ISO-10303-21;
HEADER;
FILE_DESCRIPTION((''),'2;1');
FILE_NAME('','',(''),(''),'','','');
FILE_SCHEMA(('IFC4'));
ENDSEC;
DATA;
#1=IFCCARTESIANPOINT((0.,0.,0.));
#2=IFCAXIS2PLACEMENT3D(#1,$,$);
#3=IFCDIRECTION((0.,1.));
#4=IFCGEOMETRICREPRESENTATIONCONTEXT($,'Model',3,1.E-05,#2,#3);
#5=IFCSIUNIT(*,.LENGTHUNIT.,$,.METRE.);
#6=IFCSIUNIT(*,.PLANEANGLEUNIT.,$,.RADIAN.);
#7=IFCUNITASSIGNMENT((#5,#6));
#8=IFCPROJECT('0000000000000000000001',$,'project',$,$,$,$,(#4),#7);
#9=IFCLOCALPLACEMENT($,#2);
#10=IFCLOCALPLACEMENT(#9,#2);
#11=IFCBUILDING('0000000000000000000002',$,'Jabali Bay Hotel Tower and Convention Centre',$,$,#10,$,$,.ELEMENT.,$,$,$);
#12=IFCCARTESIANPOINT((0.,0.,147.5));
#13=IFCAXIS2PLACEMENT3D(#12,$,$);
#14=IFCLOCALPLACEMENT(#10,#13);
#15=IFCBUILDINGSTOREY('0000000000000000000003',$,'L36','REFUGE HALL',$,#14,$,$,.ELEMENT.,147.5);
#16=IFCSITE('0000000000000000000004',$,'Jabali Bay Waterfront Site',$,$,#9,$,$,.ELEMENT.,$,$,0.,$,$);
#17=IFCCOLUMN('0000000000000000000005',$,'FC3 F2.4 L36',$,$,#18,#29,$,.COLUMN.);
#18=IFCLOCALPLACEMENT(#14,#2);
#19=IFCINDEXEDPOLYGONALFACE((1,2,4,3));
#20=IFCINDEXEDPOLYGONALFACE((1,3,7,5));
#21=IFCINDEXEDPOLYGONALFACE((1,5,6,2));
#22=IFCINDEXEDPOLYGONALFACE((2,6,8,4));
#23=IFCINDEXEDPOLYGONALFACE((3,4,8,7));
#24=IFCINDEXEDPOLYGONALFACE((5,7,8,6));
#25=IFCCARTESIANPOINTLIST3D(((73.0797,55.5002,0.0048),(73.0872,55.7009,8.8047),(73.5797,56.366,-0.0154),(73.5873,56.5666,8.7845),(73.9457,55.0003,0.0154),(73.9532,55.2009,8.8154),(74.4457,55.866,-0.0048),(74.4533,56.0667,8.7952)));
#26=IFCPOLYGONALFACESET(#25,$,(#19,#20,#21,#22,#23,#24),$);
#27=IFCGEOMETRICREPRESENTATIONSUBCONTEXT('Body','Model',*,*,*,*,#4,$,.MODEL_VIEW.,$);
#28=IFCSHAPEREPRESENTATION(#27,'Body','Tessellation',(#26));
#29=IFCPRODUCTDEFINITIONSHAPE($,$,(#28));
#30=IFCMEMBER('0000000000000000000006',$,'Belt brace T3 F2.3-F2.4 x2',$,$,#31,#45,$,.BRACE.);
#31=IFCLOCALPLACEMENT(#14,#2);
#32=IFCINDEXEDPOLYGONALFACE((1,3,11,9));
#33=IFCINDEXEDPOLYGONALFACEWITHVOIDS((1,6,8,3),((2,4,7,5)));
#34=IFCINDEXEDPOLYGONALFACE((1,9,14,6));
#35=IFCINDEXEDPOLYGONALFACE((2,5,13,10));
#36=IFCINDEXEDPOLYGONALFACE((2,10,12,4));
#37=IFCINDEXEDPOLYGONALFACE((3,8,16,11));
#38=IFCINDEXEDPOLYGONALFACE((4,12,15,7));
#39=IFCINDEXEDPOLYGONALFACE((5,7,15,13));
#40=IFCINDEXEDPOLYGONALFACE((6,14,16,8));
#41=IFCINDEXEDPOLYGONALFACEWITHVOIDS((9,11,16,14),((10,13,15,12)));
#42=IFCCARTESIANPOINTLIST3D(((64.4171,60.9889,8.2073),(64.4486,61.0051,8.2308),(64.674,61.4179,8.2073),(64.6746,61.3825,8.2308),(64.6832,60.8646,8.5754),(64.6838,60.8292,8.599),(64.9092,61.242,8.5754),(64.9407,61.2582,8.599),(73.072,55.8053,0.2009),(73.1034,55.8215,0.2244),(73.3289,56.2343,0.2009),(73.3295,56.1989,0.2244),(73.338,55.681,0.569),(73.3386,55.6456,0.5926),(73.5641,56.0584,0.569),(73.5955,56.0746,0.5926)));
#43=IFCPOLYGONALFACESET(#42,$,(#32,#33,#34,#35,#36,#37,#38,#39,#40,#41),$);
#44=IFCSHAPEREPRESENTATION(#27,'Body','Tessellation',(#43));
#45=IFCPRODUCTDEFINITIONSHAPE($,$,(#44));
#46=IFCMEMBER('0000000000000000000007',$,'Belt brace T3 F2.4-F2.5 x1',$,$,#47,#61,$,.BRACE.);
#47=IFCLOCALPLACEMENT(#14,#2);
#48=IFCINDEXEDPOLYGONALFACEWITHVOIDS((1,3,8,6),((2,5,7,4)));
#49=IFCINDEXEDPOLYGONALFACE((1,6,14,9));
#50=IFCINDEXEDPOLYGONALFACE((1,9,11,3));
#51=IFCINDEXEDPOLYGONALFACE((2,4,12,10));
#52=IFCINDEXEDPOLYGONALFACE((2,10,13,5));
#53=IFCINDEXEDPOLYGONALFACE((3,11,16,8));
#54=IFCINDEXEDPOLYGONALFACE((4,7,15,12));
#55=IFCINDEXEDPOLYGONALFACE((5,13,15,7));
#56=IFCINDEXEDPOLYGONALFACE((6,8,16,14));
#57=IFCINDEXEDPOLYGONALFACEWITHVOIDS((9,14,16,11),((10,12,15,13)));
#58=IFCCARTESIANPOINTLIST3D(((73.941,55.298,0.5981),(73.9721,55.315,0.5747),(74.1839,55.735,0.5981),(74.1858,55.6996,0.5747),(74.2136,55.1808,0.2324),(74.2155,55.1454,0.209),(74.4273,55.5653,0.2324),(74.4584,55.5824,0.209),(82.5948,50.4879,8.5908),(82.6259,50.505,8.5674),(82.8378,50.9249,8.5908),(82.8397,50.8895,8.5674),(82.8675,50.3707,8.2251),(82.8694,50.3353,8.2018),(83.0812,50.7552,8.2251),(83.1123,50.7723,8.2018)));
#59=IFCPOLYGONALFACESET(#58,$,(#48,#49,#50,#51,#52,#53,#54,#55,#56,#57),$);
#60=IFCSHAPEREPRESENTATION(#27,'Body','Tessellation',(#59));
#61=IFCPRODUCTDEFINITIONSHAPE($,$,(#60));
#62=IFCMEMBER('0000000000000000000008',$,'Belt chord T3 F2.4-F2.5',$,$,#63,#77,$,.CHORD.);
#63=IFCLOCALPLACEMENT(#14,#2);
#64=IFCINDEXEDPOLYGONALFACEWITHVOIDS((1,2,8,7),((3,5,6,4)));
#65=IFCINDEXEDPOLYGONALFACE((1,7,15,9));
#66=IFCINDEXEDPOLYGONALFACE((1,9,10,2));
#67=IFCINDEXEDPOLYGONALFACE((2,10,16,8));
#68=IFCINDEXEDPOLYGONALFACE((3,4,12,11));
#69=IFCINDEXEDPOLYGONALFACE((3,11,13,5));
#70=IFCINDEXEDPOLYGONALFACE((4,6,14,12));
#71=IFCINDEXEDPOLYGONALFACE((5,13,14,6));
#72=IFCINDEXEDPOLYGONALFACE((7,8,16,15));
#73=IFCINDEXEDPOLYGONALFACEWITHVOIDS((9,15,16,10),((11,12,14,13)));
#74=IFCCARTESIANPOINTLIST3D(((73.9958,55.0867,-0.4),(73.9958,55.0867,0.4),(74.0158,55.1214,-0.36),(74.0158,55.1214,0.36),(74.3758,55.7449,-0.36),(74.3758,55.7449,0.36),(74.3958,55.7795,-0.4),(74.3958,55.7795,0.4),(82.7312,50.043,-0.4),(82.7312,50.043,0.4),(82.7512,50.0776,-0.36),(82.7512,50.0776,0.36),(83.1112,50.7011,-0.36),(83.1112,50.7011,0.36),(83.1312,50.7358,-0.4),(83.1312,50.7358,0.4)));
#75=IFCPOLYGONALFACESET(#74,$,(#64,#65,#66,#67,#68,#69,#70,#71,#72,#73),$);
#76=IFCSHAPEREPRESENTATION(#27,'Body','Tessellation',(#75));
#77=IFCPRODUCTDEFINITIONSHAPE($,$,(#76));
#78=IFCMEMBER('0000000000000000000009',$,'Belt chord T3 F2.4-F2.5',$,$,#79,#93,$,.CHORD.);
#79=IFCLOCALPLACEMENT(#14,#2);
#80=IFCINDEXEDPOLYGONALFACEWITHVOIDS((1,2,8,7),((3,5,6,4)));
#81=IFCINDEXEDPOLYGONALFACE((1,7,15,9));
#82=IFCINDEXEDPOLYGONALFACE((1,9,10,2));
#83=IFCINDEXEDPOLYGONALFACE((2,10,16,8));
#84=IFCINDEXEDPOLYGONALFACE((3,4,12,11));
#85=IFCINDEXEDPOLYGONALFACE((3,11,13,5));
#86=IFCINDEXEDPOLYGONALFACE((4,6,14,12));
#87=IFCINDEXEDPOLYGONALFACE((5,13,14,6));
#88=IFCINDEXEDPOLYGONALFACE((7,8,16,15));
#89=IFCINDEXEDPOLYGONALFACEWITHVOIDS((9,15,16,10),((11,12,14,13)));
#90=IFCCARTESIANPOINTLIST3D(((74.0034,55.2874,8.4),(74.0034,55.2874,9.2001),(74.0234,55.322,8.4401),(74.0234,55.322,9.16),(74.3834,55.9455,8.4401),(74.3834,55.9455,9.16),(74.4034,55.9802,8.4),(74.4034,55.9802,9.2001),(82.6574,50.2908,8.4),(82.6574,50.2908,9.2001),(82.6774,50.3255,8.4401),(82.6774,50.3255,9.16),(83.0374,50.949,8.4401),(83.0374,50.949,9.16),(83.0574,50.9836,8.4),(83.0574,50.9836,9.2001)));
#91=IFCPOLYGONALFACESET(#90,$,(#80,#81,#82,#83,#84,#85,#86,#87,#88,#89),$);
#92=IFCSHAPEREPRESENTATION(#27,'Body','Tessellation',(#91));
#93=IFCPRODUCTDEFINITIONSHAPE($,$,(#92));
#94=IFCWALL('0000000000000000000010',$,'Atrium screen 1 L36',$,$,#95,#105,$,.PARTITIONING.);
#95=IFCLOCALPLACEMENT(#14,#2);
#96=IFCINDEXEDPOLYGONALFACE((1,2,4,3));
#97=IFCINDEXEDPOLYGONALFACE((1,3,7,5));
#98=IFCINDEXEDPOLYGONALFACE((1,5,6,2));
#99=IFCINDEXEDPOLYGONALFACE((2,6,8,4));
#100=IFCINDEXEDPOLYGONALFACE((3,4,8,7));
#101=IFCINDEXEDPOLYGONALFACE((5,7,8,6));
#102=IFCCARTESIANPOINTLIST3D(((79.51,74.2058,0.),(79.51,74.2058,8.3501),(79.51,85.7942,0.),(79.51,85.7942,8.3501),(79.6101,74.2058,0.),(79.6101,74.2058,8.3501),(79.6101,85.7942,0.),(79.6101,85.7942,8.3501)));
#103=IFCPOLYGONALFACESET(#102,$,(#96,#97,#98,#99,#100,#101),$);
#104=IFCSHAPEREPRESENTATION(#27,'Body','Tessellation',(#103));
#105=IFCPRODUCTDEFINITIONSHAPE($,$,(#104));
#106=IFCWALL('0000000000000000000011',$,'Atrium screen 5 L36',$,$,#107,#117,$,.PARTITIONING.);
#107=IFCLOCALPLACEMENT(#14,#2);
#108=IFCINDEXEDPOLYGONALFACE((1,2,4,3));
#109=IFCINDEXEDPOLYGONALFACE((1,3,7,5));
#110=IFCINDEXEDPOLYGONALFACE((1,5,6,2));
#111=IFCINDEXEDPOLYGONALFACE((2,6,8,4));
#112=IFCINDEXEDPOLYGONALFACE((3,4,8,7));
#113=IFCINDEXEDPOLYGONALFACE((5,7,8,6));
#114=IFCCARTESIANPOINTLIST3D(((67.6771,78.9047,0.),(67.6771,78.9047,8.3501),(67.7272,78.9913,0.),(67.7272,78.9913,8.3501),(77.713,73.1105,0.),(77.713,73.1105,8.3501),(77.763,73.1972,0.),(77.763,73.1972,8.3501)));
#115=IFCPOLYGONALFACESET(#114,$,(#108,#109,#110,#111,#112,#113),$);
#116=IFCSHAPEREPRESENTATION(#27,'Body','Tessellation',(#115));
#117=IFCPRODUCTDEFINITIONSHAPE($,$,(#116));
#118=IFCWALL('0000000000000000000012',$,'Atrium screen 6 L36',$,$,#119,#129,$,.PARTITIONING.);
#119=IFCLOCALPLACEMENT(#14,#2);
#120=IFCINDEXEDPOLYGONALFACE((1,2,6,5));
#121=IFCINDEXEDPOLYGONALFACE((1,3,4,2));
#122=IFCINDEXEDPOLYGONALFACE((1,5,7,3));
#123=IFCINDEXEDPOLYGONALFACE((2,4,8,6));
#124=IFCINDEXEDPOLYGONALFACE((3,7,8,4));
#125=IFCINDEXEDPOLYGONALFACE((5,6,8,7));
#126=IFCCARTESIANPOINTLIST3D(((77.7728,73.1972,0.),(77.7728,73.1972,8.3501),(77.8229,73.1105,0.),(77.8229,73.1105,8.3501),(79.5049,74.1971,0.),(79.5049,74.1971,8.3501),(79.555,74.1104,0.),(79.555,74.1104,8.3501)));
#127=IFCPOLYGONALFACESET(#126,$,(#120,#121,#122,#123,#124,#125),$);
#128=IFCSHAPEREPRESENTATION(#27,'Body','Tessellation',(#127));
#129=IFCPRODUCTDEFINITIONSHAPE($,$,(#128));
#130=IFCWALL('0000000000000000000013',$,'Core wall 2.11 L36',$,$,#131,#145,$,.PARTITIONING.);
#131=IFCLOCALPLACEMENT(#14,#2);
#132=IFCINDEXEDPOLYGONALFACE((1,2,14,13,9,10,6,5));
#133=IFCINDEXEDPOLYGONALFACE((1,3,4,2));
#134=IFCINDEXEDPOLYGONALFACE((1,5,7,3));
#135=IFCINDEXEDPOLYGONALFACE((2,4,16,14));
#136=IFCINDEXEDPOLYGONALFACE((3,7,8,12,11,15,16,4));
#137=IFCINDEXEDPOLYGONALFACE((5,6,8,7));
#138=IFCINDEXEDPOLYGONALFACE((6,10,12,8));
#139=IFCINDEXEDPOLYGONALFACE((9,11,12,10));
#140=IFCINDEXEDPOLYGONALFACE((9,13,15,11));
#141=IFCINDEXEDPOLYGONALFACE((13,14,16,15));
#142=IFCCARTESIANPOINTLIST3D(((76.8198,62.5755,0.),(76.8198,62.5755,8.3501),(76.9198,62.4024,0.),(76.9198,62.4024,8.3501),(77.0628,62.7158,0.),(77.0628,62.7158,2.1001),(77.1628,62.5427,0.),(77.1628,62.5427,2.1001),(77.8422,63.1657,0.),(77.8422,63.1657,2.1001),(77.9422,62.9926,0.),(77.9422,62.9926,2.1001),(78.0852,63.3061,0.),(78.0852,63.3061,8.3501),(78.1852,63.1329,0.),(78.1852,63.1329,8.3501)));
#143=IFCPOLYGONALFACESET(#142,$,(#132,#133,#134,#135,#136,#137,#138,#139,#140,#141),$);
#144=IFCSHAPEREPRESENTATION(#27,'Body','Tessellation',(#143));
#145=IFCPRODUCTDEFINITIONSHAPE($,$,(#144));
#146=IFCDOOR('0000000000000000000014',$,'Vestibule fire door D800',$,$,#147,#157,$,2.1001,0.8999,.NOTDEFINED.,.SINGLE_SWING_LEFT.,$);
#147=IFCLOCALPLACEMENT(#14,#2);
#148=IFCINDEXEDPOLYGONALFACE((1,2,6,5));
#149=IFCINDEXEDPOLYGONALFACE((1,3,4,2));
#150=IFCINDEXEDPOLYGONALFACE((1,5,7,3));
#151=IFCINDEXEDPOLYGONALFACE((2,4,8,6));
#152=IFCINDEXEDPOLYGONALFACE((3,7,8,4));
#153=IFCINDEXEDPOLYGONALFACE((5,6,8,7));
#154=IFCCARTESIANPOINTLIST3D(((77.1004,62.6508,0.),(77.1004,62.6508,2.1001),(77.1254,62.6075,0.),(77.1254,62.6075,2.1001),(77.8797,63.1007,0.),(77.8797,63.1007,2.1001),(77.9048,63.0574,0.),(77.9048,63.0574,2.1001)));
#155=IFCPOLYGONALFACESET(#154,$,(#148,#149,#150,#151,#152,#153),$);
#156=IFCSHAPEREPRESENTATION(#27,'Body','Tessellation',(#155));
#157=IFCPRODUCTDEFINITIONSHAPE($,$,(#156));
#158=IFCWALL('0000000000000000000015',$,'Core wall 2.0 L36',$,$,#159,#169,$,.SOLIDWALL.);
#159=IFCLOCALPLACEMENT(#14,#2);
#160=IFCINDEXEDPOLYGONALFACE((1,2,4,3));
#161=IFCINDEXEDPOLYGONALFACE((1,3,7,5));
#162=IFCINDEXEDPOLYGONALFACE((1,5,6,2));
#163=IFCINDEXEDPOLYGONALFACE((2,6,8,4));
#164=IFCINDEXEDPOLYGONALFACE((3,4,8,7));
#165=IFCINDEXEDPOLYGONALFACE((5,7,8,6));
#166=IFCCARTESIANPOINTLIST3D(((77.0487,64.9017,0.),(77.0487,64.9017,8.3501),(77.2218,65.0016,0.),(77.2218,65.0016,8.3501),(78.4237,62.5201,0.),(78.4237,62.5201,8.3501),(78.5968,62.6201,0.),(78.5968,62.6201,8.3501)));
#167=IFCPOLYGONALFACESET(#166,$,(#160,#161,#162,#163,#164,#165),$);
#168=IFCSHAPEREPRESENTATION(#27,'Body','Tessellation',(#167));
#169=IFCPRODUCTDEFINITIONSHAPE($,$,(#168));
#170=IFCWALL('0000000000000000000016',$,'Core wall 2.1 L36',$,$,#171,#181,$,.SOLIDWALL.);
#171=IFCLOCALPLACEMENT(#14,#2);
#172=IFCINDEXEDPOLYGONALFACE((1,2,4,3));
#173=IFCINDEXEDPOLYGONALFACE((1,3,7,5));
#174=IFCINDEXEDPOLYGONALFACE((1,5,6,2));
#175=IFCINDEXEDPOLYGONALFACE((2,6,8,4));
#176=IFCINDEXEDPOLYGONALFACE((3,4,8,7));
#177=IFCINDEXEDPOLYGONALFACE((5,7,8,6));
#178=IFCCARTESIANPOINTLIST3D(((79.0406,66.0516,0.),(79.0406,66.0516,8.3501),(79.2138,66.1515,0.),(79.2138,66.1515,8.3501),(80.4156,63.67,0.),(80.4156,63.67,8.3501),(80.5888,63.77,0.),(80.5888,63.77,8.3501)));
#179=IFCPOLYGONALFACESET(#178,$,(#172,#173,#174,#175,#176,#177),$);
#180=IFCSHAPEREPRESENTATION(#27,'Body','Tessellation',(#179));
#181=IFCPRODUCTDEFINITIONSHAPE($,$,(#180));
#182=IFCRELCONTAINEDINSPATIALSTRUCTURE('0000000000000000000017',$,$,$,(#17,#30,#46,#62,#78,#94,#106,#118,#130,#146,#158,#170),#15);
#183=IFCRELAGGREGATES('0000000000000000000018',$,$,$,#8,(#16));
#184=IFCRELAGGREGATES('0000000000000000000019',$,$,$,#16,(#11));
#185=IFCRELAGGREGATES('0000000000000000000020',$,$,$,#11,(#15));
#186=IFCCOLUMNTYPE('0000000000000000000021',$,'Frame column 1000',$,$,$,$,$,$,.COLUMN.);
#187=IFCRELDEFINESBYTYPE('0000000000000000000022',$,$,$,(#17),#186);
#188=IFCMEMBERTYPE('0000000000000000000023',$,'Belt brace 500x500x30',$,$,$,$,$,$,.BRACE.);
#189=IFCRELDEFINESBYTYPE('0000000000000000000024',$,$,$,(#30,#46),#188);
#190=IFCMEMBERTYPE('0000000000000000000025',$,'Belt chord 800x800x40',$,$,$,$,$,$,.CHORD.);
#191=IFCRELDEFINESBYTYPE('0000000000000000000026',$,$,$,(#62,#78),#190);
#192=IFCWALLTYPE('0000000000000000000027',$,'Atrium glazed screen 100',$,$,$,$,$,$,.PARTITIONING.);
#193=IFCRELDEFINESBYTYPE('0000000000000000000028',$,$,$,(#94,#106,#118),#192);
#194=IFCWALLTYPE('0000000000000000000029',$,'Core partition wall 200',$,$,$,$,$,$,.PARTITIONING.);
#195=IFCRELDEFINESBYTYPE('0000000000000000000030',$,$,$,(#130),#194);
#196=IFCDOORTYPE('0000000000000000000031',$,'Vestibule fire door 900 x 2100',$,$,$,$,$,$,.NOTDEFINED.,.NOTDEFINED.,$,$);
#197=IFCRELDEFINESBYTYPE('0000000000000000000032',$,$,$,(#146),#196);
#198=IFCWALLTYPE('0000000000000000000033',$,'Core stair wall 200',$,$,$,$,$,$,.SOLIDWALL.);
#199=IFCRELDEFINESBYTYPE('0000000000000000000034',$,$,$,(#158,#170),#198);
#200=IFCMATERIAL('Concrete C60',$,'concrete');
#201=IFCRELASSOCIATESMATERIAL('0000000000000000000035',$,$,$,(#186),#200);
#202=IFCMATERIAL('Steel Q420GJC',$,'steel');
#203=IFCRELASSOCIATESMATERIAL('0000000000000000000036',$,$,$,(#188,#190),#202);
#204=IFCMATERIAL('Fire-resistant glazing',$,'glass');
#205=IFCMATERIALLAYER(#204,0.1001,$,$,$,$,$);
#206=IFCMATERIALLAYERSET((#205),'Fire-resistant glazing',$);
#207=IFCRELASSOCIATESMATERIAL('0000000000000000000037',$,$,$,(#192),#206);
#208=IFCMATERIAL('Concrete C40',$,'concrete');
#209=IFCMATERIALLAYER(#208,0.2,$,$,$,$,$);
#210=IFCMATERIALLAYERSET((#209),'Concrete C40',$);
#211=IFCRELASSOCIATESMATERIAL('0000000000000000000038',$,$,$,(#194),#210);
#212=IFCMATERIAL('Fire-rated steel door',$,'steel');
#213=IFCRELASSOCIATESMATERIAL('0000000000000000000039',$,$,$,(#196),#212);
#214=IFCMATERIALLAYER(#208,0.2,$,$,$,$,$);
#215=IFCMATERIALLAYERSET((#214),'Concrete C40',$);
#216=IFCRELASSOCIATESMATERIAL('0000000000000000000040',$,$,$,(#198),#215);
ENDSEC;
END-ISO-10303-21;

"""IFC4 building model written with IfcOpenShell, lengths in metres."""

from ifc_helpers import new_model, si_unit, direction, frame, frame_2d, origin, origin_2d, place, context, subcontext, project, spatial, rectangle, hollow_rectangle, extrude, material, layer, layer_set, material_profile, profile_set, type_object, element, fill, save


model = new_model("IFC4")

# Units and contexts
model_context = context("Model", 3, precision=1e-05, world=origin(), true_north=direction((0.0, 1.0)))
body_context = subcontext(model_context, "Body", "Model", "MODEL_VIEW")
ifc_project = project(units=[si_unit("LENGTHUNIT", "METRE"), si_unit("PLANEANGLEUNIT", "RADIAN")], contexts=[model_context])

# Site, building, storey
site_placement = place(None, origin())
site = spatial("IfcSite", under=ifc_project, at=site_placement, Name="Jabali Bay Waterfront Site", CompositionType="ELEMENT", RefElevation=0.0)
building_placement = place(site_placement, origin())
building = spatial("IfcBuilding", under=site, at=building_placement, Name="Jabali Bay Hotel Tower and Convention Centre", CompositionType="ELEMENT")
storey_placement = place(building_placement, frame((0.0, 0.0, 147.5)))
storey = spatial("IfcBuildingStorey", under=building, at=storey_placement, Name="L36", Description="REFUGE HALL", CompositionType="ELEMENT", Elevation=147.5)

# Column
ifc_material_1 = material(Name="Concrete C60", Category="concrete")
ifc_material_profile_1 = material_profile(ifc_material_1, rectangle(XDim=1.0, YDim=1.0, at=origin_2d()), Name="Frame column 1000")
ifc_profile_set_1 = profile_set([ifc_material_profile_1], Name="Concrete C60")
column_type = type_object("IfcColumnType", Name="Frame column 1000", PredefinedType="COLUMN", material=ifc_profile_set_1)
column_placement = place(storey_placement, frame((73.7627, 55.6831, 0.0), z_axis=(0.00086, 0.022799, 0.99974), x_axis=(-0.500065, -0.865753, 0.020173)))
element("IfcColumn", 1, at=column_placement, inside=storey, type_object=column_type, Name="FC3 F2.4 L36", PredefinedType="COLUMN", context=body_context, shape_type="SweptSolid", body=[
    extrude(rectangle(XDim=1.0, YDim=1.0, at=origin_2d()), origin(), (0.0, 0.0, 1.0), 8.8022),
])

# Members
ifc_material_2 = material(Name="Steel Q420GJC", Category="steel")
ifc_material_profile_2 = material_profile(ifc_material_2, hollow_rectangle(XDim=0.5, YDim=0.5, WallThickness=0.03, at=origin_2d()), Name="Belt brace 500x500x30")
ifc_profile_set_2 = profile_set([ifc_material_profile_2], Name="Steel Q420GJC")
member_type_1 = type_object("IfcMemberType", Name="Belt brace 500x500x30", PredefinedType="BRACE", material=ifc_profile_set_2)
member_1_placement = place(storey_placement, frame((73.3337, 55.9399, 0.3967), z_axis=(-0.671992, 0.402475, 0.621644), x_axis=(-0.513819, -0.857898, 0.0)))
element("IfcMember", 2, at=member_1_placement, inside=storey, type_object=member_type_1, Name="Belt brace T3 F2.3-F2.4 x2", PredefinedType="BRACE", context=body_context, shape_type="SweptSolid", body=[
    extrude(hollow_rectangle(XDim=0.5, YDim=0.5, WallThickness=0.03, at=origin_2d()), origin(), (0.0, 0.0, 1.0), 12.8794),
])
member_2_placement = place(storey_placement, frame((74.1997, 55.4402, 0.4036), z_axis=(0.680101, -0.378021, 0.628142), x_axis=(0.485827, 0.874055, 0.0)))
element("IfcMember", 3, at=member_2_placement, inside=storey, type_object=member_type_1, Name="Belt brace T3 F2.4-F2.5 x1", PredefinedType="BRACE", context=body_context, shape_type="SweptSolid", body=[
    extrude(hollow_rectangle(XDim=0.5, YDim=0.5, WallThickness=0.03, at=origin_2d()), origin(), (0.0, 0.0, 1.0), 12.7244),
])
ifc_material_profile_3 = material_profile(ifc_material_2, hollow_rectangle(XDim=0.8, YDim=0.8, WallThickness=0.04, at=origin_2d()), Name="Belt chord 800x800x40")
ifc_profile_set_3 = profile_set([ifc_material_profile_3], Name="Steel Q420GJC")
member_type_2 = type_object("IfcMemberType", Name="Belt chord 800x800x40", PredefinedType="CHORD", material=ifc_profile_set_3)
member_3_placement = place(storey_placement, frame((74.1958, 55.4331, 0.0), z_axis=(0.866011, -0.500026, 0.0), x_axis=(0.500026, 0.866011, 0.0)))
element("IfcMember", 4, at=member_3_placement, inside=storey, type_object=member_type_2, Name="Belt chord T3 F2.4-F2.5", PredefinedType="CHORD", context=body_context, shape_type="SweptSolid", body=[
    extrude(hollow_rectangle(XDim=0.8, YDim=0.8, WallThickness=0.04, at=origin_2d()), origin(), (0.0, 0.0, 1.0), 10.0869),
])
member_4_placement = place(storey_placement, frame((74.2034, 55.6338, 8.8), z_axis=(0.866018, -0.500012, 0.0), x_axis=(0.500012, 0.866018, 0.0)))
element("IfcMember", 5, at=member_4_placement, inside=storey, type_object=member_type_2, Name="Belt chord T3 F2.4-F2.5", PredefinedType="CHORD", context=body_context, shape_type="SweptSolid", body=[
    extrude(hollow_rectangle(XDim=0.8, YDim=0.8, WallThickness=0.04, at=origin_2d()), origin(), (0.0, 0.0, 1.0), 9.9929),
])

# Walls
ifc_material_3 = material(Name="Fire-resistant glazing", Category="glass")
ifc_layer_1 = layer(ifc_material_3, 0.1001)
ifc_layer_set_1 = layer_set([ifc_layer_1], Name="Fire-resistant glazing")
wall_type_1 = type_object("IfcWallType", Name="Atrium glazed screen 100", PredefinedType="PARTITIONING", material=ifc_layer_set_1)
for number, where, z_axis, x_axis, name in (
    (6, (79.5601, 74.2058, 0.0), (0.0, 0.0, 1.0), (0.0, 1.0, 0.0), "Atrium screen 1 L36"),
    (7, (67.7021, 78.948, 0.0), (0.0, 0.0, 1.0), (0.866027, -0.499998, 0.0), "Atrium screen 5 L36"),
):
    element("IfcWall", number, at=place(storey_placement, frame(where, z_axis=z_axis, x_axis=x_axis)), inside=storey, type_object=wall_type_1, Name=name, PredefinedType="PARTITIONING", context=body_context, shape_type="SweptSolid", body=[
        extrude(rectangle(XDim=11.5884, YDim=0.1001, at=frame_2d((5.7942, 0.0))), origin(), (0.0, 0.0, 1.0), 8.3501),
    ])
wall_1_placement = place(storey_placement, frame((77.7979, 73.1538, 0.0), z_axis=(0.0, 0.0, 1.0), x_axis=(0.866041, 0.499973, 0.0)))
element("IfcWall", 8, at=wall_1_placement, inside=storey, type_object=wall_type_1, Name="Atrium screen 6 L36", PredefinedType="PARTITIONING", context=body_context, shape_type="SweptSolid", body=[
    extrude(rectangle(XDim=2.0, YDim=0.1001, at=frame_2d((1.0, 0.0))), origin(), (0.0, 0.0, 1.0), 8.3501),
])

# Wall, opening, door
ifc_material_4 = material(Name="Concrete C40", Category="concrete")
ifc_layer_2 = layer(ifc_material_4, 0.2)
ifc_layer_set_2 = layer_set([ifc_layer_2], Name="Concrete C40")
wall_type_2 = type_object("IfcWallType", Name="Core partition wall 200", PredefinedType="PARTITIONING", material=ifc_layer_set_2)
wall_2_placement = place(storey_placement, frame((76.8699, 62.489, 0.0), z_axis=(0.0, 0.0, 1.0), x_axis=(0.866055, 0.499949, 0.0)))
wall_2 = element("IfcWall", 9, at=wall_2_placement, inside=storey, type_object=wall_type_2, Name="Core wall 2.11 L36", PredefinedType="PARTITIONING", context=body_context, shape_type="SweptSolid", body=[
    extrude(rectangle(XDim=1.4612, YDim=0.2, at=frame_2d((0.7305, 0.0))), origin(), (0.0, 0.0, 1.0), 8.3501),
])
opening_1_placement = place(wall_2_placement, frame((0.2805, 0.0, 0.0)))
opening_1 = element("IfcOpeningElement", 10, at=opening_1_placement, cuts=wall_2, PredefinedType="OPENING", context=body_context, shape_type="SweptSolid", body=[
    extrude(rectangle(XDim=0.8999, YDim=2.1001, at=frame_2d((0.45, 1.05))), frame((0.0, 0.1104, 0.0), z_axis=(0.0, -1.0, 0.0), x_axis=(1.0, 0.0, 0.0)), (0.0, 0.0, 1.0), 0.2209),
])
ifc_material_5 = material(Name="Fire-rated steel door", Category="steel")
door_type_1 = type_object("IfcDoorType", Name="Vestibule fire door 900 x 2100", OperationType="NOTDEFINED", PredefinedType="NOTDEFINED", material=ifc_material_5)
door_1_placement = place(opening_1_placement, origin())
door_1 = element("IfcDoor", 11, at=door_1_placement, inside=storey, type_object=door_type_1, Name="Vestibule fire door D800", OperationType="SINGLE_SWING_LEFT", OverallHeight=2.1001, OverallWidth=0.8999, PredefinedType="NOTDEFINED", context=body_context, shape_type="SweptSolid", body=[
    extrude(rectangle(XDim=0.8999, YDim=2.1001, at=frame_2d((0.45, 1.05))), frame((0.0, 0.0249, 0.0), z_axis=(0.0, -1.0, 0.0), x_axis=(1.0, 0.0, 0.0)), (0.0, 0.0, 1.0), 0.05),
])
fill(opening_1, door_1)

# Walls
ifc_layer_3 = layer(ifc_material_4, 0.2)
ifc_layer_set_3 = layer_set([ifc_layer_3], Name="Concrete C40")
wall_type_3 = type_object("IfcWallType", Name="Core stair wall 200", PredefinedType="SOLIDWALL", material=ifc_layer_set_3)
for number, where, z_axis, x_axis, name in (
    (12, (77.1353, 64.9517, 0.0), (0.0, 0.0, 1.0), (0.499997, -0.866027, 0.0), "Core wall 2.0 L36"),
    (13, (79.1272, 66.1016, 0.0), (0.0, 0.0, 1.0), (0.499997, -0.866027, 0.0), "Core wall 2.1 L36"),
):
    element("IfcWall", number, at=place(storey_placement, frame(where, z_axis=z_axis, x_axis=x_axis)), inside=storey, type_object=wall_type_3, Name=name, PredefinedType="SOLIDWALL", context=body_context, shape_type="SweptSolid", body=[
        extrude(rectangle(XDim=2.75, YDim=0.2, at=frame_2d((1.375, 0.0))), origin(), (0.0, 0.0, 1.0), 8.3501),
    ])

save(model, "model.ifc")
